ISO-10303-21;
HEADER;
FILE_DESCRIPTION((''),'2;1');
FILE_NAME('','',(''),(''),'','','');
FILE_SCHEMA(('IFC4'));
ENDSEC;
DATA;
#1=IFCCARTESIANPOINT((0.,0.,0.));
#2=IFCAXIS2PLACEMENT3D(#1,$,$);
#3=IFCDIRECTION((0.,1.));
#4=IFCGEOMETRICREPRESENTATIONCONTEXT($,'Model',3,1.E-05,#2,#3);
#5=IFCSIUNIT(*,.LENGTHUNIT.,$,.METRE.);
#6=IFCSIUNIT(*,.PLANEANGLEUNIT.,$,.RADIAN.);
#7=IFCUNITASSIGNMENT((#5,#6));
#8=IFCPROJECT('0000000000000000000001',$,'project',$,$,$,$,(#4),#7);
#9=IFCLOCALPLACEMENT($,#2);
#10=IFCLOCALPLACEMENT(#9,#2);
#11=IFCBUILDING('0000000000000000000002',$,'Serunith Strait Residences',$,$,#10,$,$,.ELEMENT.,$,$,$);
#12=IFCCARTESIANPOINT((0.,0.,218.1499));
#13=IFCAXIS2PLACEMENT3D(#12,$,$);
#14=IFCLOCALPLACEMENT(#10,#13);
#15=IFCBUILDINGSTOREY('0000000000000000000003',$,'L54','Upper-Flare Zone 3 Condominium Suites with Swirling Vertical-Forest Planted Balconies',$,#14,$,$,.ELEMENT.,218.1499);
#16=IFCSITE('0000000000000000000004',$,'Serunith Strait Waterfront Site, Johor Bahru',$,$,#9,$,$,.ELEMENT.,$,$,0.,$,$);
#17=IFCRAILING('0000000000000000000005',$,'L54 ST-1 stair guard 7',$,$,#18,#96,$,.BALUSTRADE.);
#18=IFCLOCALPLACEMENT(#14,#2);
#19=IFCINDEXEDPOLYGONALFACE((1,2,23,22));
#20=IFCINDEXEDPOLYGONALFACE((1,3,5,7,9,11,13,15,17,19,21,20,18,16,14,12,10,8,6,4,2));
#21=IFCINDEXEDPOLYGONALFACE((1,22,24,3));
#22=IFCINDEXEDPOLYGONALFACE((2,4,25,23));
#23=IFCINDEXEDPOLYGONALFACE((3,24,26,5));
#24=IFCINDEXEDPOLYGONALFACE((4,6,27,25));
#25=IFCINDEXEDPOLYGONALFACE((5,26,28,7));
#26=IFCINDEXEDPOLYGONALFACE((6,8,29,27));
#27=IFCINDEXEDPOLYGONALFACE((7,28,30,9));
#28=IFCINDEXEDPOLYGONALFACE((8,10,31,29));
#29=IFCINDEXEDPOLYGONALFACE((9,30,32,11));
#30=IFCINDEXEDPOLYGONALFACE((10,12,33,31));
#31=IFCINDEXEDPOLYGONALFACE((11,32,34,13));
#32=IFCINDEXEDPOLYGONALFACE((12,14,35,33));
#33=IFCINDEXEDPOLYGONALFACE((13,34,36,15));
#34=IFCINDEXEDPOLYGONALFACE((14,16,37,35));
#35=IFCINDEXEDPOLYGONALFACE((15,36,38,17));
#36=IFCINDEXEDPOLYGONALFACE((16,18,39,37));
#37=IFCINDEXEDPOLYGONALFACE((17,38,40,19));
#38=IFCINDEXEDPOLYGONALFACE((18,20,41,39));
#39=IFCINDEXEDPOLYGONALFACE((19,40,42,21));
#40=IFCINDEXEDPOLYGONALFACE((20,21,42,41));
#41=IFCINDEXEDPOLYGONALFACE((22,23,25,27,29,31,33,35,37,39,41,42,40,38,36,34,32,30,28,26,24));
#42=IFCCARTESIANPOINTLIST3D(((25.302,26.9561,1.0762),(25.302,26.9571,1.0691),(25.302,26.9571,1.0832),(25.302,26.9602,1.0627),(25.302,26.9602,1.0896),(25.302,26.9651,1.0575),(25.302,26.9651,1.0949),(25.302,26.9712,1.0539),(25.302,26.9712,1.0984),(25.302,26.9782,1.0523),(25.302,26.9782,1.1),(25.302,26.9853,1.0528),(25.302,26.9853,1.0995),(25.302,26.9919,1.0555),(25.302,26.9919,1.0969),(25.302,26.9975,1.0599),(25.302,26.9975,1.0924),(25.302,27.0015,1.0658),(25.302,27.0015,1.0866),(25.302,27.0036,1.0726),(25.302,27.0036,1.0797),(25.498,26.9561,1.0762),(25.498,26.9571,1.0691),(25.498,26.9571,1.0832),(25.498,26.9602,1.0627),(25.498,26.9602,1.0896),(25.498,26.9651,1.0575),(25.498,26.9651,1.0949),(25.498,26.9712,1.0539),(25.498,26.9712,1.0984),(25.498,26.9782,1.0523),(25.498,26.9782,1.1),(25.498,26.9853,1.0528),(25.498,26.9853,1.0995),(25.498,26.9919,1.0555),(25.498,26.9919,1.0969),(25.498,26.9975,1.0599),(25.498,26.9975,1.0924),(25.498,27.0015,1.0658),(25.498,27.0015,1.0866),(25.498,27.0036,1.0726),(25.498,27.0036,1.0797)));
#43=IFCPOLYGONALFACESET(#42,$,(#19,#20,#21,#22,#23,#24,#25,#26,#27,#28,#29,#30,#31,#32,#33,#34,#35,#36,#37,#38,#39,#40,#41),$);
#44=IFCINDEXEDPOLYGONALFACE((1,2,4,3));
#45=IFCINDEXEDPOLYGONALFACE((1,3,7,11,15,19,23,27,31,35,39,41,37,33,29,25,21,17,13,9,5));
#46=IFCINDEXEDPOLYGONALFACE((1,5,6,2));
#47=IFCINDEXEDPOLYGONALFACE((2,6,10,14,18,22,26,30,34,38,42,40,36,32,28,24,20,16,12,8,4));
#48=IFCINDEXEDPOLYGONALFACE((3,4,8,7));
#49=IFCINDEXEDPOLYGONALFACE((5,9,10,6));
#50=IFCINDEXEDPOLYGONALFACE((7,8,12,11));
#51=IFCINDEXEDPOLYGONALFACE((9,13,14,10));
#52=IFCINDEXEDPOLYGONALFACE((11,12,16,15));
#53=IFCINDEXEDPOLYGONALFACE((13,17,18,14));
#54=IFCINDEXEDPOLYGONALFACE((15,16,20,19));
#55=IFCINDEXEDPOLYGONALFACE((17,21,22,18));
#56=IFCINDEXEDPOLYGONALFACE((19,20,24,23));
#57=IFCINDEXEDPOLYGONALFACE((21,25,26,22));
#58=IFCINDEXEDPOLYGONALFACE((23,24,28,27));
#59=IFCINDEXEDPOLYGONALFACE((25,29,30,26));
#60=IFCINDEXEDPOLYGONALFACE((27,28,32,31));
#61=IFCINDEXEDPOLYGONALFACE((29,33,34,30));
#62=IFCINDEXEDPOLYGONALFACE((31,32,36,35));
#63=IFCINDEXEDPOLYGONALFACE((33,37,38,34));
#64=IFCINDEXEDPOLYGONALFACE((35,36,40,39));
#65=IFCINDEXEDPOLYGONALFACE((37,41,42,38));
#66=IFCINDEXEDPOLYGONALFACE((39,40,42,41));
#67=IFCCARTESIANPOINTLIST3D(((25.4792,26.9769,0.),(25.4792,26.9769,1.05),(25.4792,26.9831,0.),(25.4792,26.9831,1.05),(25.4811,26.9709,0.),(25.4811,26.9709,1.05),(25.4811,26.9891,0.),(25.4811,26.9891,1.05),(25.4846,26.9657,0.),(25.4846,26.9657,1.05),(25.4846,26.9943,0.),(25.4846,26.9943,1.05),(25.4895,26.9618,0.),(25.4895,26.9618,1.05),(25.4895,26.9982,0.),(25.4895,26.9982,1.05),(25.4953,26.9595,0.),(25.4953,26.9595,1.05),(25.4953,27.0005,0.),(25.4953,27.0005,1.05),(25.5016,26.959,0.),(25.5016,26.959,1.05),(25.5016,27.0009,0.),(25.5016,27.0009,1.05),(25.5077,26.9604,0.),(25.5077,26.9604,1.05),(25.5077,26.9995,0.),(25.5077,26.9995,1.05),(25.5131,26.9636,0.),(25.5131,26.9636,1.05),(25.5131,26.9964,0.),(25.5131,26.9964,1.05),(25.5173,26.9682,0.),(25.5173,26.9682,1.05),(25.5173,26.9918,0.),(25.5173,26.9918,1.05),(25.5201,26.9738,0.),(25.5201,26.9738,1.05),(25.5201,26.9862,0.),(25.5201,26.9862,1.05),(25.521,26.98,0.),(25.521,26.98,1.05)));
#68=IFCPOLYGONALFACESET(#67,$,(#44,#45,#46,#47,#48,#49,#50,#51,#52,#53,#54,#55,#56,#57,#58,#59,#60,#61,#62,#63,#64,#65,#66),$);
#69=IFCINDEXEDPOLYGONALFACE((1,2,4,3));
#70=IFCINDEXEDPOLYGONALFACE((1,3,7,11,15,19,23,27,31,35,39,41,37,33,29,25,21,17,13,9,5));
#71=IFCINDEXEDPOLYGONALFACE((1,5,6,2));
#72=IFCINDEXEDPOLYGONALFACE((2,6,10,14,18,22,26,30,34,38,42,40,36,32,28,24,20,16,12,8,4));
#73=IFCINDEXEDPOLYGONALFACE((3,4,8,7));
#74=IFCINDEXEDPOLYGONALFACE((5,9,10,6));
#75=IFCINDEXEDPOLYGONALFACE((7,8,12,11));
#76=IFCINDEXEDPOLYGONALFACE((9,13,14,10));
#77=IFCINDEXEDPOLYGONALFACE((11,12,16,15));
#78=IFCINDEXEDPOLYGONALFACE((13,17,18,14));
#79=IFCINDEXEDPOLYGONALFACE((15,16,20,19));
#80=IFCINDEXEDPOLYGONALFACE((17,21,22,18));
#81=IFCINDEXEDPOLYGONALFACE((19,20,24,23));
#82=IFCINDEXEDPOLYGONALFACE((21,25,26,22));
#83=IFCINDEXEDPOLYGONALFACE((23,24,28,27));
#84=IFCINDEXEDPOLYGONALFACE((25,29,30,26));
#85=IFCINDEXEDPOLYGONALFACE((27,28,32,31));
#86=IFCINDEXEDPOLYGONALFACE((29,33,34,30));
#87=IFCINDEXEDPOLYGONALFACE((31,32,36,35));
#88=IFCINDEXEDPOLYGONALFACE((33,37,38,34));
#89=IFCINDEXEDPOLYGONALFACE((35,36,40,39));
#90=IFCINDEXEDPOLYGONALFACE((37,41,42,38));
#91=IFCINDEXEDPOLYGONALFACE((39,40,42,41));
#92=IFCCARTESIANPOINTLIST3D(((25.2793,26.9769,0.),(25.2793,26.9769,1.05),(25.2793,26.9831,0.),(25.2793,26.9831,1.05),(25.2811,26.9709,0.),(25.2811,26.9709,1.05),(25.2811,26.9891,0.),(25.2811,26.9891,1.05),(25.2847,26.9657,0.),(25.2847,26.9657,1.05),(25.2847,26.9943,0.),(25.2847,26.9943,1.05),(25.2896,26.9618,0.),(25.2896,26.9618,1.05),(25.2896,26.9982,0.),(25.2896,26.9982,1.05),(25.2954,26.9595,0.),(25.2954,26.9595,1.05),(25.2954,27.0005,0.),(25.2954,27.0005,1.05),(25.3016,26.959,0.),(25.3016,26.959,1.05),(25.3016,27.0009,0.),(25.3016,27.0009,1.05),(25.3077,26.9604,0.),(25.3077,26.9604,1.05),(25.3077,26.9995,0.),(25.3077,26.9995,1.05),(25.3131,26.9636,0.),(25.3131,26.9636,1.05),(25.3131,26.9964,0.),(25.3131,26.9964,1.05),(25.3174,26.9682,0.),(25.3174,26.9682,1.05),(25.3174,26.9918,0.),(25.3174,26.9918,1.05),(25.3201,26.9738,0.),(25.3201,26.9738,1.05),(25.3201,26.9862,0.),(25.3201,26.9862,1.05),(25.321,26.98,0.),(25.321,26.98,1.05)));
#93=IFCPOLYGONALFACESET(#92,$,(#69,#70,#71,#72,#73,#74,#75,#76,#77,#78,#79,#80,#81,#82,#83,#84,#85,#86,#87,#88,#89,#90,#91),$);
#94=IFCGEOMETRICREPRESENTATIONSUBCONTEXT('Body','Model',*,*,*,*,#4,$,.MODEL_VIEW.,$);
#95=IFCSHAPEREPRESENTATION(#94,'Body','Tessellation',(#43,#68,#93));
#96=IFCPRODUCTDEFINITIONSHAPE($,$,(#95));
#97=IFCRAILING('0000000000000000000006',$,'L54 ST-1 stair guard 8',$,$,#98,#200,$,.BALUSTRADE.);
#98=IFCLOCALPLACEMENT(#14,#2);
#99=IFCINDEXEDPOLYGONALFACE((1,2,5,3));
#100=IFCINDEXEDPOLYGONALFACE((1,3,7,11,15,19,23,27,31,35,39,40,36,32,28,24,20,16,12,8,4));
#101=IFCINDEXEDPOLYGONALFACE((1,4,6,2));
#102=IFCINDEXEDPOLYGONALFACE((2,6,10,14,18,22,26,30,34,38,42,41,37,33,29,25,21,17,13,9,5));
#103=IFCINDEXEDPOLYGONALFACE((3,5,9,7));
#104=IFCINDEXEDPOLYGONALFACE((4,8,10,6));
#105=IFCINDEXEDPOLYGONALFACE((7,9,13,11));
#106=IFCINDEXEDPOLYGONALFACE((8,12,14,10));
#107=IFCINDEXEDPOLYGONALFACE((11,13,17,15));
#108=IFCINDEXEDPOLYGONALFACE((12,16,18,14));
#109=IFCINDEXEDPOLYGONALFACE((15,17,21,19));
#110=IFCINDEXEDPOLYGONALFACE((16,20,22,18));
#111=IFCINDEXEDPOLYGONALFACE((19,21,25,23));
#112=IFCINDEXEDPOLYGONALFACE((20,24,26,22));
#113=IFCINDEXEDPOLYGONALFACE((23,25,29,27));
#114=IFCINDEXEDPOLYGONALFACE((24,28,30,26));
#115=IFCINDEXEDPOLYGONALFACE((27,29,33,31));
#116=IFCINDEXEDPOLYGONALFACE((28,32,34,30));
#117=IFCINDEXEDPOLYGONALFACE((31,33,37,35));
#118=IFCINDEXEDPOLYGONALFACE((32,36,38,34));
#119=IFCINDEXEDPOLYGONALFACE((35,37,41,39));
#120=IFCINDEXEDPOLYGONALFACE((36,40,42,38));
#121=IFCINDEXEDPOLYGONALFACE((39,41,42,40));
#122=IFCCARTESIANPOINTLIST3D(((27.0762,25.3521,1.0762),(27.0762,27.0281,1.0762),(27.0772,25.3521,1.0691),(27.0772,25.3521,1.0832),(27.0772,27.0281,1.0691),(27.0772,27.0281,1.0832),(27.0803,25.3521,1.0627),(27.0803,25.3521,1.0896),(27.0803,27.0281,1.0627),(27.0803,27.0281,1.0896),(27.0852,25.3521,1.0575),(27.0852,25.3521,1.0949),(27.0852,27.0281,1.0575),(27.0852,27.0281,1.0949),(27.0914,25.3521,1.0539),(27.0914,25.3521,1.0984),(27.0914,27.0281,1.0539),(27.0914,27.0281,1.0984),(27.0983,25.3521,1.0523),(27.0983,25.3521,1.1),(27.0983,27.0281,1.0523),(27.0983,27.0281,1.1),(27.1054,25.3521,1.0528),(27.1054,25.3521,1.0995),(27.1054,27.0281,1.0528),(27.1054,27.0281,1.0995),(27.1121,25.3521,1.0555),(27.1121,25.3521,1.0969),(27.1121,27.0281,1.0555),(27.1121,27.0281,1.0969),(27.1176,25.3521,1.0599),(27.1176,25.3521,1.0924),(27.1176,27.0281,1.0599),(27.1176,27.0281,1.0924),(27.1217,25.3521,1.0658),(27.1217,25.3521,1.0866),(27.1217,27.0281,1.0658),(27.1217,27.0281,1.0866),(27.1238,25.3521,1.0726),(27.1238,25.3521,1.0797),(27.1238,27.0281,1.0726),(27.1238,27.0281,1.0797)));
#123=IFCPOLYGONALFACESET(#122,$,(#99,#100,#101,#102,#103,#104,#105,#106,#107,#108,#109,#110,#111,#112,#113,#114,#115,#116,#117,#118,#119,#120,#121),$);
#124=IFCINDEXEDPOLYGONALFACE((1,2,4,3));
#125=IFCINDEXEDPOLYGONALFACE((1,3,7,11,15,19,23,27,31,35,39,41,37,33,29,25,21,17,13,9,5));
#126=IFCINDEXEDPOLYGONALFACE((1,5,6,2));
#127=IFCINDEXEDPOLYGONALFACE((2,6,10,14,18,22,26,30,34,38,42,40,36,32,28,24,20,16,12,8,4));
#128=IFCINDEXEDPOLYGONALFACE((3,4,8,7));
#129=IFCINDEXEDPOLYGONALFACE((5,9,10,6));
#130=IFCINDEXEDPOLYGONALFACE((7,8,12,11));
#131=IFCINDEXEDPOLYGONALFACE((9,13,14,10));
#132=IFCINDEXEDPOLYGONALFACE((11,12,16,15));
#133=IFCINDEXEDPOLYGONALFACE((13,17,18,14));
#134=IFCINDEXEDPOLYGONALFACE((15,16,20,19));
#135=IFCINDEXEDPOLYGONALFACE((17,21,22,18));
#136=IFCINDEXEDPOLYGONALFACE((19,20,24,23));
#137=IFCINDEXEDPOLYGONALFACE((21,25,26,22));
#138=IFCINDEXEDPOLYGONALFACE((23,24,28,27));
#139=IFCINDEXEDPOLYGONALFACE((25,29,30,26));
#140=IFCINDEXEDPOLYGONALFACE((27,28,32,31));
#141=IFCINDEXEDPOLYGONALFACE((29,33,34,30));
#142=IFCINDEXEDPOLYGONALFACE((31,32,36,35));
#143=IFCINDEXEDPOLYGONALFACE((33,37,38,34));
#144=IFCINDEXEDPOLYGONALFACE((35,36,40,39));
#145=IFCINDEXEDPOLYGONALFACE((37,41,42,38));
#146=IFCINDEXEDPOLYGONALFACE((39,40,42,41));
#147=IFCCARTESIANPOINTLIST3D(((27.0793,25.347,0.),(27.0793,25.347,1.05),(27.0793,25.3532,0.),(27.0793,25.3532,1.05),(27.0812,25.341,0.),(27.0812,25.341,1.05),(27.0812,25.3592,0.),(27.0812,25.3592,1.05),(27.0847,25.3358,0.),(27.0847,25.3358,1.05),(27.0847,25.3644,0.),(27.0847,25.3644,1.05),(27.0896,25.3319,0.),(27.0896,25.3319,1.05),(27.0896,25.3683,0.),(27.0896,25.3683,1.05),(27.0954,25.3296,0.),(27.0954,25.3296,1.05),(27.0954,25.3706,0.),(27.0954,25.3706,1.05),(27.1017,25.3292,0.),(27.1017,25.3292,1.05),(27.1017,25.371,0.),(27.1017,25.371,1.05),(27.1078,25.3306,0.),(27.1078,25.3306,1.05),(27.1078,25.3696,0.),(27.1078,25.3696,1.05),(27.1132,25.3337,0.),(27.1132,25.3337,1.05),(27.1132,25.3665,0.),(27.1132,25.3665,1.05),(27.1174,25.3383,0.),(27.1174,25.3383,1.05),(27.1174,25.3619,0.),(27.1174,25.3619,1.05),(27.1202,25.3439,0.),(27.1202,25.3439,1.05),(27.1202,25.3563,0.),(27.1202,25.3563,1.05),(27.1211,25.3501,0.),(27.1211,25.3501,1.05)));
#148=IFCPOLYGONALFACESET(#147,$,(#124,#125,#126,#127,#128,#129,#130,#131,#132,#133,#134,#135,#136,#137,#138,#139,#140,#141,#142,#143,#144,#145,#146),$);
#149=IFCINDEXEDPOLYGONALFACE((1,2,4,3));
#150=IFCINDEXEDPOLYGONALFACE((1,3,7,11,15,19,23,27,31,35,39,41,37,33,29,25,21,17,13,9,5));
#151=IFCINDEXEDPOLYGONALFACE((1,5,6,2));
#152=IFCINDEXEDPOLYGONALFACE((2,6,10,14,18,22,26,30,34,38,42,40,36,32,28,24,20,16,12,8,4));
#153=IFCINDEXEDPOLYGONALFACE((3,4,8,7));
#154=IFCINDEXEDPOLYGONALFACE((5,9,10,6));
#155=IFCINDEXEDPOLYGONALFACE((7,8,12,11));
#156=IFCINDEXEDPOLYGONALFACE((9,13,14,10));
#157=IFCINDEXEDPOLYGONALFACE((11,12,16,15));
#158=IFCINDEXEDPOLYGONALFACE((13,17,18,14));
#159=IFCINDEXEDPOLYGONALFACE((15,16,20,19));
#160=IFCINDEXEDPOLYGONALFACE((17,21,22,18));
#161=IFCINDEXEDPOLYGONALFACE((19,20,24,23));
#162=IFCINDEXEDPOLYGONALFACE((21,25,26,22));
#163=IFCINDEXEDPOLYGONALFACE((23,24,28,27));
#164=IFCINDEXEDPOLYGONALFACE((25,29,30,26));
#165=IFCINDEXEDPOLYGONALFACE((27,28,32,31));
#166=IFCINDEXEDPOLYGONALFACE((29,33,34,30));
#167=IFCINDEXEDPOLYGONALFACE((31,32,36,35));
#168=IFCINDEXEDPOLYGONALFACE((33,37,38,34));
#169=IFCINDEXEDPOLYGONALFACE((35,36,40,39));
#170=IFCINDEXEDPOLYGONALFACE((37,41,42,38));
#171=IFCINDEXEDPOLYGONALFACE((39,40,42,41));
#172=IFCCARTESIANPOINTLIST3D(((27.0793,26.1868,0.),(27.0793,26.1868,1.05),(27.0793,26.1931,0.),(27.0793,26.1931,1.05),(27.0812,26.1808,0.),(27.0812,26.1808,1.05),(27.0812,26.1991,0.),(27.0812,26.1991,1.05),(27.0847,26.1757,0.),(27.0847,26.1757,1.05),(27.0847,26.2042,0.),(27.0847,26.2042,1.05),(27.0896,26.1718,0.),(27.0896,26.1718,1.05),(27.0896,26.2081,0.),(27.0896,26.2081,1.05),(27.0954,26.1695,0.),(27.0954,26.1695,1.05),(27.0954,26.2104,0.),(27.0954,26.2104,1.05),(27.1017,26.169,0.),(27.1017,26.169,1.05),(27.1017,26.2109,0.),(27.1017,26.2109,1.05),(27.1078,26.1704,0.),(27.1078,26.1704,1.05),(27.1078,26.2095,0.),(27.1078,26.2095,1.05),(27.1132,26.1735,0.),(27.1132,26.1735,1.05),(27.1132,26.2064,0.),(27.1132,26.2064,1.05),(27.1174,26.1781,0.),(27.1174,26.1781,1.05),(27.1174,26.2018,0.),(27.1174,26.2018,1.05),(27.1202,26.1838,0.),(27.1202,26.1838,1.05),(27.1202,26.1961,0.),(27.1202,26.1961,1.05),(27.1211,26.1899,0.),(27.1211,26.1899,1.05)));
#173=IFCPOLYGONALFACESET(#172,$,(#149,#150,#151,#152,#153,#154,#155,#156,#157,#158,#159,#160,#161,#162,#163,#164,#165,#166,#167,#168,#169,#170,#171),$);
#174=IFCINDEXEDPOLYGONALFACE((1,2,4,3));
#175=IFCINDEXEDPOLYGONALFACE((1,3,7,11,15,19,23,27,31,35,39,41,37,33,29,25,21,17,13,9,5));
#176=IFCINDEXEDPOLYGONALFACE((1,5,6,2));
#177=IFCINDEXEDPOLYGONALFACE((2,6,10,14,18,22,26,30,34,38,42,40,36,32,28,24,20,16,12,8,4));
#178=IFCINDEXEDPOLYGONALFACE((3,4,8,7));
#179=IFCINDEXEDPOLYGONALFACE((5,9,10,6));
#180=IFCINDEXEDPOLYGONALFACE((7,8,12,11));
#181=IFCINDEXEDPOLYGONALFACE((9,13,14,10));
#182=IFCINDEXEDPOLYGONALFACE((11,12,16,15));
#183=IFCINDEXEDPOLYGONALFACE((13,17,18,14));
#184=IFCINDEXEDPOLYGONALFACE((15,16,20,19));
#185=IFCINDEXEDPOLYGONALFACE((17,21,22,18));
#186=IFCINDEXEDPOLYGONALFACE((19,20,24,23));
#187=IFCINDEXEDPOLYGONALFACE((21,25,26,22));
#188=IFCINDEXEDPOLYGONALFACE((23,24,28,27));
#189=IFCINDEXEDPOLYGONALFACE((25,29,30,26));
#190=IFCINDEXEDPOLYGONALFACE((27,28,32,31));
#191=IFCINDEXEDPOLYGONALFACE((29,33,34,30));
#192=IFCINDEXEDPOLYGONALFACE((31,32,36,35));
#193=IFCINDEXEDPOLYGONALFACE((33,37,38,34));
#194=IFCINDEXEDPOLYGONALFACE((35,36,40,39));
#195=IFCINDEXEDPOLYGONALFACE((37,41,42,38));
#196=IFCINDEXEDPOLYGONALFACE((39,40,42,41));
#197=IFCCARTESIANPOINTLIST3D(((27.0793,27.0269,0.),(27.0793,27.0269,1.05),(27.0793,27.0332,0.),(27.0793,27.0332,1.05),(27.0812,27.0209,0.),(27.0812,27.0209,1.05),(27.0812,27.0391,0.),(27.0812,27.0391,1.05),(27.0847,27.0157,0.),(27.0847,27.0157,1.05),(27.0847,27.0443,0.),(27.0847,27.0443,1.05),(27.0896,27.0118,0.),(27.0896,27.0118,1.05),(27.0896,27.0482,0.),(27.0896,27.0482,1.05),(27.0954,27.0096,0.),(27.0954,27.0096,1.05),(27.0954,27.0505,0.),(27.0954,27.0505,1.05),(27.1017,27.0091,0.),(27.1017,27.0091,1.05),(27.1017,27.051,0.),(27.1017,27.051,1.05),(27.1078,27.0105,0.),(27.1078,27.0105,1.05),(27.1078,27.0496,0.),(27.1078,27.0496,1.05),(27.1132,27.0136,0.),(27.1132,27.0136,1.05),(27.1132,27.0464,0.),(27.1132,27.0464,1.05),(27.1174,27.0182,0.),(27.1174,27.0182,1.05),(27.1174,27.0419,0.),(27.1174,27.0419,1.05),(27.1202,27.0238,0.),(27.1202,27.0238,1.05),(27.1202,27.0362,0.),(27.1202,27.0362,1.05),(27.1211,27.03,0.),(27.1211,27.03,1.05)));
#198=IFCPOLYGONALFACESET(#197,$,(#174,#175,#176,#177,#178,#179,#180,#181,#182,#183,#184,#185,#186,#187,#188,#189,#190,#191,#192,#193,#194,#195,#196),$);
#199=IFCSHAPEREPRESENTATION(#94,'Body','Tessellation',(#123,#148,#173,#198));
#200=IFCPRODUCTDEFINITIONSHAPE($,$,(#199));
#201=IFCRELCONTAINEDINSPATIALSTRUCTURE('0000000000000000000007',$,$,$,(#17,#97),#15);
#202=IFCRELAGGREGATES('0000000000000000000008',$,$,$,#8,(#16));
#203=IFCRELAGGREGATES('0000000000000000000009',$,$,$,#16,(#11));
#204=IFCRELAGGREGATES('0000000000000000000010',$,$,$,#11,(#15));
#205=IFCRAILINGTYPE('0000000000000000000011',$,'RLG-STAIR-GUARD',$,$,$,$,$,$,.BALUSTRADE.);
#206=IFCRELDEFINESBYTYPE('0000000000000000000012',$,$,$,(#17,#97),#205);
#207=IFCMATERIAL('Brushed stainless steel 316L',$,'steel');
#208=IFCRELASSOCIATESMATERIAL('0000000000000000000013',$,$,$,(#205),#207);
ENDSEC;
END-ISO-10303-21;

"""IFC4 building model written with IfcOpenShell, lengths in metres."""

from ifc_helpers import new_model, si_unit, direction, frame, origin, origin_2d, place, context, subcontext, project, spatial, circle, extrude, material, type_object, element, save


model = new_model("IFC4")

# Units and contexts
model_context = context("Model", 3, precision=1e-05, world=origin(), true_north=direction((0.0, 1.0)))
body_context = subcontext(model_context, "Body", "Model", "MODEL_VIEW")
ifc_project = project(units=[si_unit("LENGTHUNIT", "METRE"), si_unit("PLANEANGLEUNIT", "RADIAN")], contexts=[model_context])

# Site, building, storey
site_placement = place(None, origin())
site = spatial("IfcSite", under=ifc_project, at=site_placement, Name="Serunith Strait Waterfront Site, Johor Bahru", CompositionType="ELEMENT", RefElevation=0.0)
building_placement = place(site_placement, origin())
building = spatial("IfcBuilding", under=site, at=building_placement, Name="Serunith Strait Residences", CompositionType="ELEMENT")
storey_placement = place(building_placement, frame((0.0, 0.0, 218.1499)))
storey = spatial("IfcBuildingStorey", under=building, at=storey_placement, Name="L54", Description="Upper-Flare Zone 3 Condominium Suites with Swirling Vertical-Forest Planted Balconies", CompositionType="ELEMENT", Elevation=218.1499)

# Railings
ifc_material_1 = material(Name="Brushed stainless steel 316L", Category="steel")
railing_type_1 = type_object("IfcRailingType", Name="RLG-STAIR-GUARD", PredefinedType="BALUSTRADE", material=ifc_material_1)
railing_1_placement = place(storey_placement, frame((25.5, 26.98, 0.0)))
element("IfcRailing", 1, at=railing_1_placement, inside=storey, type_object=railing_type_1, Name="L54 ST-1 stair guard 7", PredefinedType="BALUSTRADE", context=body_context, shape_type="SweptSolid", body=[
    extrude(circle(Radius=0.0239, at=origin_2d()), frame((-0.002, 0.0, 1.0762), z_axis=(-1.0, 0.0, 0.0), x_axis=(0.0, -1.0, 0.0)), (0.0, 0.0, 1.0), 0.196),
    extrude(circle(Radius=0.021, at=origin_2d()), origin(), (0.0, 0.0, 1.0), 1.05),
    extrude(circle(Radius=0.021, at=origin_2d()), frame((-0.2, 0.0, 0.0)), (0.0, 0.0, 1.0), 1.05),
])
for number, where, name in (
    (2, (27.1001, 25.3501, 0.0), "L54 ST-1 stair guard 8"),
):
    element("IfcRailing", number, at=place(storey_placement, frame(where)), inside=storey, type_object=railing_type_1, Name=name, PredefinedType="BALUSTRADE", context=body_context, shape_type="SweptSolid", body=[
        extrude(circle(Radius=0.0239, at=origin_2d()), frame((0.0, 0.002, 1.0762), z_axis=(0.0, 1.0, 0.0), x_axis=(-1.0, 0.0, 0.0)), (0.0, 0.0, 1.0), 1.676),
        extrude(circle(Radius=0.021, at=origin_2d()), origin(), (0.0, 0.0, 1.0), 1.05),
        extrude(circle(Radius=0.021, at=origin_2d()), frame((0.0, 0.8398, 0.0)), (0.0, 0.0, 1.0), 1.05),
        extrude(circle(Radius=0.021, at=origin_2d()), frame((0.0, 1.6799, 0.0)), (0.0, 0.0, 1.0), 1.05),
    ])

save(model, "model.ifc")
